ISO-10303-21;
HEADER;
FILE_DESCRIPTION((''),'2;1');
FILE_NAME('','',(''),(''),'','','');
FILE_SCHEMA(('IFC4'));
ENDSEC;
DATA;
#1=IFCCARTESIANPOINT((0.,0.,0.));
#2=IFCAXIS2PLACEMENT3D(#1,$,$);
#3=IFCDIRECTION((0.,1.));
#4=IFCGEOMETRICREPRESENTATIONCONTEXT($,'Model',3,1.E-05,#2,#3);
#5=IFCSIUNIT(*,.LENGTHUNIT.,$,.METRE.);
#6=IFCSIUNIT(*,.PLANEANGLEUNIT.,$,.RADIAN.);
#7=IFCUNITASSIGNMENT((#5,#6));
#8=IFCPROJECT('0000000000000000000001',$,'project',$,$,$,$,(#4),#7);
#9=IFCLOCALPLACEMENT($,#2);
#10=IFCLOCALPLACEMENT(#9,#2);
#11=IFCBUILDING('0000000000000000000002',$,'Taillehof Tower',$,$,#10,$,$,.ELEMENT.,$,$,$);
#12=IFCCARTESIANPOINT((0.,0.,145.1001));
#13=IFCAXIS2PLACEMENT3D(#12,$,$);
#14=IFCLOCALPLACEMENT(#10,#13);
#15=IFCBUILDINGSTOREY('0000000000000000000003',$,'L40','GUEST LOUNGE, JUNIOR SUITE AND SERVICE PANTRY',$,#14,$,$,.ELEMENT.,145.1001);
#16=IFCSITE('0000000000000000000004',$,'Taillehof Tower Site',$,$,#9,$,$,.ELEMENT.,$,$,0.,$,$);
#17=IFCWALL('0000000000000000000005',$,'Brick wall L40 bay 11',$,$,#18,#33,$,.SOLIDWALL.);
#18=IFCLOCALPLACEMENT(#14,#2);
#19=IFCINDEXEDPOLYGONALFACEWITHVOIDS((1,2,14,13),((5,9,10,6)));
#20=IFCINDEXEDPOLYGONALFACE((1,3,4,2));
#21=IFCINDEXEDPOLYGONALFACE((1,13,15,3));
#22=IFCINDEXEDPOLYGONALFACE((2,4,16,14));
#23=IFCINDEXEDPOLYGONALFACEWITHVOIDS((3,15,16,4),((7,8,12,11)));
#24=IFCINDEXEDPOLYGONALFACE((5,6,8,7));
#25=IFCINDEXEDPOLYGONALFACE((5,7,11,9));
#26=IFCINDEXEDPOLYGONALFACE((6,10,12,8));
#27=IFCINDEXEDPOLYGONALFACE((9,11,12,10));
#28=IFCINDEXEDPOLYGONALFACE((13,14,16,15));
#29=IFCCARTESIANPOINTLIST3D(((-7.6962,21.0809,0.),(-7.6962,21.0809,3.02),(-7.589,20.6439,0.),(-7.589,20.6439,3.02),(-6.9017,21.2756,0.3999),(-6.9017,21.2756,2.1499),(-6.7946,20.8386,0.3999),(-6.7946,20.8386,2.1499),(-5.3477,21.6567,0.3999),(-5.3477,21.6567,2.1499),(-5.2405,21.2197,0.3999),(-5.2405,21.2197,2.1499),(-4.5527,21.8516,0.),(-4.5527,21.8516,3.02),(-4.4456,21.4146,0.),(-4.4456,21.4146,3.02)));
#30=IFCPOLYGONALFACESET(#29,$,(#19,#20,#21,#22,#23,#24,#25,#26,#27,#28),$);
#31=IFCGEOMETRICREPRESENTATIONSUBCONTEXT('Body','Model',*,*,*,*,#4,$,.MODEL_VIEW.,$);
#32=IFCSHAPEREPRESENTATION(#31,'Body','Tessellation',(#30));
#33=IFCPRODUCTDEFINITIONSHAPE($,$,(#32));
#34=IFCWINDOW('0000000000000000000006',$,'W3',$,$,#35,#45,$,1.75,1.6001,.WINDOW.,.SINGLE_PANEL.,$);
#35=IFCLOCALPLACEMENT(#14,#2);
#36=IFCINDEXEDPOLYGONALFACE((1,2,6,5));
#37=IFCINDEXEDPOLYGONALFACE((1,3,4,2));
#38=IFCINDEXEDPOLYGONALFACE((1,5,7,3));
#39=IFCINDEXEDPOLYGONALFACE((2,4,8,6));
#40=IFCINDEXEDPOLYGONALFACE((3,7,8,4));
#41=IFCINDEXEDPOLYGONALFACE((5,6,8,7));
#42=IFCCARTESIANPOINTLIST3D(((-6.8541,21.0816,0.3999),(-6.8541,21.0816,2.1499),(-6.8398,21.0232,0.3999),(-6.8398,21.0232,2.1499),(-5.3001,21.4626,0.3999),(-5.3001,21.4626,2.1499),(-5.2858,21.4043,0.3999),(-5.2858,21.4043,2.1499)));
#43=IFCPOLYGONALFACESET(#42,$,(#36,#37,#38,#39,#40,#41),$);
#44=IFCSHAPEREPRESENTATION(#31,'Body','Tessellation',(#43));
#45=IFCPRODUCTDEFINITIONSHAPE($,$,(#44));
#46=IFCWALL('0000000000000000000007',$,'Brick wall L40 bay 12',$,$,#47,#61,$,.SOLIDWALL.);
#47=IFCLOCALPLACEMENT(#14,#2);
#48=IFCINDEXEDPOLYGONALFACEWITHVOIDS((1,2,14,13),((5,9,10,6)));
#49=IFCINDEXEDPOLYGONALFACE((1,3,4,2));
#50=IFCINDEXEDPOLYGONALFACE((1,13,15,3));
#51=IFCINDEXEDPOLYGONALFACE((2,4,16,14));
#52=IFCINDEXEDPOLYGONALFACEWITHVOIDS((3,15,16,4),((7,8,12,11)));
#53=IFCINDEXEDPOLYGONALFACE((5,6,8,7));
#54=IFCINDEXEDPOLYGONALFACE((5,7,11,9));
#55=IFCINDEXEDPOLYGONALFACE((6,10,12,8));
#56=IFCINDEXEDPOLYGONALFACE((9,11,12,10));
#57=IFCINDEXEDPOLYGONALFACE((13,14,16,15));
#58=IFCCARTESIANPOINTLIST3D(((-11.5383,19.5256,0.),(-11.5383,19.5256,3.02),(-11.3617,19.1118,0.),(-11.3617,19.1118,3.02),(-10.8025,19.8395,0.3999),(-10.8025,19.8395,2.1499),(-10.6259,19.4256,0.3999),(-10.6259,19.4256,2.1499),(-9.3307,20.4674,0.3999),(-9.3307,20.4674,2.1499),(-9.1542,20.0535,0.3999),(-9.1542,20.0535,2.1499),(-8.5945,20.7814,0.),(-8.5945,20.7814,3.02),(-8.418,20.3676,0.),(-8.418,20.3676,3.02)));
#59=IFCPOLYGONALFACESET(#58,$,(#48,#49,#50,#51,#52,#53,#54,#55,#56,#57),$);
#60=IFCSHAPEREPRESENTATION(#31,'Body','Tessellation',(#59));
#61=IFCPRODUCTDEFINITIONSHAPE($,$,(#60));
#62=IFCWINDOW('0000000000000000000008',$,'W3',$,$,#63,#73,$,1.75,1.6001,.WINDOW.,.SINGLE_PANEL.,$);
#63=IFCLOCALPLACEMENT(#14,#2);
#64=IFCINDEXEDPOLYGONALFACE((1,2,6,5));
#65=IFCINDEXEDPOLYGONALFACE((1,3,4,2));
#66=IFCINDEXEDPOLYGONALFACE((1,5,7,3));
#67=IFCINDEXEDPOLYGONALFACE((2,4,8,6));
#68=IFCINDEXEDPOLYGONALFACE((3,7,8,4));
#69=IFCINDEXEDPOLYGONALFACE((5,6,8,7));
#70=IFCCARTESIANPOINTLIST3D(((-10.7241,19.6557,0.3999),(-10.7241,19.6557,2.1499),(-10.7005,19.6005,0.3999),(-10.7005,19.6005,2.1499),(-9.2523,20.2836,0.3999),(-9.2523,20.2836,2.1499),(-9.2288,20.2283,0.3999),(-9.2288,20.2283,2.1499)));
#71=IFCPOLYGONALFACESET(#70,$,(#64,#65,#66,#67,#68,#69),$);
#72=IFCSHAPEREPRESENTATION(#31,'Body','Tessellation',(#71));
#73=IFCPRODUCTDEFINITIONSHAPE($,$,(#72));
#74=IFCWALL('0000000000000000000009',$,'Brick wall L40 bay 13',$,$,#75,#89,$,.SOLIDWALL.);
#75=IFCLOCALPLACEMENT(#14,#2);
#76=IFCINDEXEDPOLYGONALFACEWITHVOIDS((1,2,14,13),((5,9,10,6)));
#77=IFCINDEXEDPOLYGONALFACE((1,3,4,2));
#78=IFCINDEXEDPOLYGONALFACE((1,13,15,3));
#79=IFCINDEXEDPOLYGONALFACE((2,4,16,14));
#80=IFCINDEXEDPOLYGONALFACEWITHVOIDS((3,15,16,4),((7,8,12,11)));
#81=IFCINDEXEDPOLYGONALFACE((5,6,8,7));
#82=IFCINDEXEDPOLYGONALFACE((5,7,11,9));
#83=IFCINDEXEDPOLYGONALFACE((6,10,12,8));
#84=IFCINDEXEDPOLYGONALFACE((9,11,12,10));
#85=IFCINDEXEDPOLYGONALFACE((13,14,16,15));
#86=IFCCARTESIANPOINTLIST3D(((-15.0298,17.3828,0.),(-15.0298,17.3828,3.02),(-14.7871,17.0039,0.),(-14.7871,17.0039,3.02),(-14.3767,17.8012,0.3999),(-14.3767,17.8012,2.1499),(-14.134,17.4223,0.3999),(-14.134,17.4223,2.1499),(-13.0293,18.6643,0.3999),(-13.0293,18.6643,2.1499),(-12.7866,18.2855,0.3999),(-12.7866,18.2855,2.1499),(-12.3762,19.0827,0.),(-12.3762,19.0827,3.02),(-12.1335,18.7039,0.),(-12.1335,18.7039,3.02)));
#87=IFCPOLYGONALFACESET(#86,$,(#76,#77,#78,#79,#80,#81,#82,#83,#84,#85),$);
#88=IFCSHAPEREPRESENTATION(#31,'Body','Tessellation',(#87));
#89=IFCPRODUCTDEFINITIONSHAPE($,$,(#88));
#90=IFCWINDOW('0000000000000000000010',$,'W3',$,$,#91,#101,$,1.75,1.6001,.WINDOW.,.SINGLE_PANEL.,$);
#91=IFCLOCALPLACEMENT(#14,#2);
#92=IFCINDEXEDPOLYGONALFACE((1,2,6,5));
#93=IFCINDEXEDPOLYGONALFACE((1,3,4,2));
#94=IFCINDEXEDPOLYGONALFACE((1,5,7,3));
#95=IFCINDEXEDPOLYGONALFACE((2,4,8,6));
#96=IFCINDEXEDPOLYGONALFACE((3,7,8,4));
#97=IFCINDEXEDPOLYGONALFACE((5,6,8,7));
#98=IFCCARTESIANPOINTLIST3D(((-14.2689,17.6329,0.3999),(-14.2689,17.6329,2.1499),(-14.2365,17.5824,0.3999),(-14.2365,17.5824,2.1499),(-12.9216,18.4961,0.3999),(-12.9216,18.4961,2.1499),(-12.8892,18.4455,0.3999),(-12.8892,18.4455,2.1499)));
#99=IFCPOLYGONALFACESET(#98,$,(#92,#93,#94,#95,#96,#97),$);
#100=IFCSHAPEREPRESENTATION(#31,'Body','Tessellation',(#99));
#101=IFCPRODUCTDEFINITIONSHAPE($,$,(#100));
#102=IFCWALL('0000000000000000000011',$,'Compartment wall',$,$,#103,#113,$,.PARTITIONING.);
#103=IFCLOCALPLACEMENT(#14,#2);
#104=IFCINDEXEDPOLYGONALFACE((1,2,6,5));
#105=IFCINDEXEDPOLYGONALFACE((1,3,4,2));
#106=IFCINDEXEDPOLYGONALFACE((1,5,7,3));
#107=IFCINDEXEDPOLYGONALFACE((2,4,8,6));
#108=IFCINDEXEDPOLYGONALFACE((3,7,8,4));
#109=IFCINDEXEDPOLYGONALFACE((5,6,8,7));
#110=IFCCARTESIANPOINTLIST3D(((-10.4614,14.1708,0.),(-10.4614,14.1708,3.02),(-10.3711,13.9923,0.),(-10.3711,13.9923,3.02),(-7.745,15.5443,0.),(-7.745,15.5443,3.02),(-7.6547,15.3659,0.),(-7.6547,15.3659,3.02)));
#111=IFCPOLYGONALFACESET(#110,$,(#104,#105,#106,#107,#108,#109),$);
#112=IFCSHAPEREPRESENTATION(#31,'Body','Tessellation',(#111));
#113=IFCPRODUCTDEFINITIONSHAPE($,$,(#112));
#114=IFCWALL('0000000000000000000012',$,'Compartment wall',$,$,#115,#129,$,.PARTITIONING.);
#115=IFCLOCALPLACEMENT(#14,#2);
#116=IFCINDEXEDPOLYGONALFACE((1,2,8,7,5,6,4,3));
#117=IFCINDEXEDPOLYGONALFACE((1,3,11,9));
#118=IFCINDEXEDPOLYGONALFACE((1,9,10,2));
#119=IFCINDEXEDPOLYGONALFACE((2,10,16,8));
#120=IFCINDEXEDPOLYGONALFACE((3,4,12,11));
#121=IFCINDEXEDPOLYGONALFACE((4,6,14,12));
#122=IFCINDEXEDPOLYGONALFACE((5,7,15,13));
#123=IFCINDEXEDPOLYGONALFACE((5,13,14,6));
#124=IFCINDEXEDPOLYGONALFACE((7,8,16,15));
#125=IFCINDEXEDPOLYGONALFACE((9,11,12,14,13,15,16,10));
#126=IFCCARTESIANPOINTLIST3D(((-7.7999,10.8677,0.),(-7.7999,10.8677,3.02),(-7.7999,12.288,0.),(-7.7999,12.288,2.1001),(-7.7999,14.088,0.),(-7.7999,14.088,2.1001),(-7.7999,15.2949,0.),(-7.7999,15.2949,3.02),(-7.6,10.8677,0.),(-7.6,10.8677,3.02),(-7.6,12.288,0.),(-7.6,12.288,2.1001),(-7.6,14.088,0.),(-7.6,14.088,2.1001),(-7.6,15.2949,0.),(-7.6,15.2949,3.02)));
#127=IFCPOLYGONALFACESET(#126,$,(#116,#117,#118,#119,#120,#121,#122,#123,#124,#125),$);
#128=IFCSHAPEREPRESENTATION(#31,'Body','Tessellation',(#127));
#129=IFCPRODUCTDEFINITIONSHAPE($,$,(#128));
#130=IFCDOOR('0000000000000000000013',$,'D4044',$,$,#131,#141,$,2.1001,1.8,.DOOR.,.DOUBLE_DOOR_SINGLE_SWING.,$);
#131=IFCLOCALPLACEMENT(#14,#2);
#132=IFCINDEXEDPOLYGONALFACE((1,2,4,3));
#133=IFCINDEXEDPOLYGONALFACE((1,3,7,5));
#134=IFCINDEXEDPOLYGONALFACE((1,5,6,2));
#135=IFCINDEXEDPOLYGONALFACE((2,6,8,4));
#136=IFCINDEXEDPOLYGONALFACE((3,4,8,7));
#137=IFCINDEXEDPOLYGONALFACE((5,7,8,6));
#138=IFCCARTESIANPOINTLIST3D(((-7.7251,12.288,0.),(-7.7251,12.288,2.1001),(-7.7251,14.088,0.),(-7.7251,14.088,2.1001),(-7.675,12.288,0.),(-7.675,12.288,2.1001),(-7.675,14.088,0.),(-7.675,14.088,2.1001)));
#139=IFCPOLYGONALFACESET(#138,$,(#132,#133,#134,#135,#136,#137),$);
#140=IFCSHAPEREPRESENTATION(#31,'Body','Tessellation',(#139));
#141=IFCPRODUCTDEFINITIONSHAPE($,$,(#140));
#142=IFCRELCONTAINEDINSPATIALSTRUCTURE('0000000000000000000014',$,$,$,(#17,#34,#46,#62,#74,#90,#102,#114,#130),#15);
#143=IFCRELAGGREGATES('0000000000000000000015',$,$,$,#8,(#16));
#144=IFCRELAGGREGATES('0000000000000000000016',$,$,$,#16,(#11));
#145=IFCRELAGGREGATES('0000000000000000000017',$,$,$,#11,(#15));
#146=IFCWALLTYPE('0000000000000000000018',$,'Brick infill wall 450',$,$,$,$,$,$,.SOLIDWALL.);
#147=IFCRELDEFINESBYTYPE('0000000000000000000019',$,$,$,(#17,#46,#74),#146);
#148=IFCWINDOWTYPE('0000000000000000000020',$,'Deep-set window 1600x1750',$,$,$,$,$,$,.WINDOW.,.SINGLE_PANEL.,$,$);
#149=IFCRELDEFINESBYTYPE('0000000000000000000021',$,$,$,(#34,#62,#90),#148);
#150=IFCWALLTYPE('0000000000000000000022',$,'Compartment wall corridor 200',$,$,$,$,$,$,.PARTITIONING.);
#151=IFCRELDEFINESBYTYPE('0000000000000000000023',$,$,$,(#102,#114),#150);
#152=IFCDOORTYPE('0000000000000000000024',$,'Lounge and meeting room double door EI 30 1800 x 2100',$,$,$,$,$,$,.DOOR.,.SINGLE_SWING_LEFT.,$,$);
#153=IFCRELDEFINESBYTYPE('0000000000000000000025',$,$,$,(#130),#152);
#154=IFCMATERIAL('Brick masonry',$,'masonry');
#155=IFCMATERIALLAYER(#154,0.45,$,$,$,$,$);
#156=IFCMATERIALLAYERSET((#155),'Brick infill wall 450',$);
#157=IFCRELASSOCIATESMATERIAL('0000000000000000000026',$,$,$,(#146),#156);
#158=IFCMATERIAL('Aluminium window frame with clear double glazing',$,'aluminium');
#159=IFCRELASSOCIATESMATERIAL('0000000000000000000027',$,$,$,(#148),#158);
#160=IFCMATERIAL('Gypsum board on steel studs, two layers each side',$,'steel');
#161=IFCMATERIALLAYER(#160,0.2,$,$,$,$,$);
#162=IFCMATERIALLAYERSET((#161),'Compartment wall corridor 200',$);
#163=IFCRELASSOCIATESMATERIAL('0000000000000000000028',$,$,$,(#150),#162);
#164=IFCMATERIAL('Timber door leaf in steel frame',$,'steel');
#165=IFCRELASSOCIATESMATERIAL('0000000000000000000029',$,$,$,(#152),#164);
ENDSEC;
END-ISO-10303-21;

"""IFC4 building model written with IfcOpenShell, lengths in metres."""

from ifc_helpers import new_model, si_unit, direction, frame, frame_2d, origin, place, context, subcontext, project, spatial, rectangle, extrude, material, layer, layer_set, type_object, element, fill, save


model = new_model("IFC4")

# Units and contexts
model_context = context("Model", 3, precision=1e-05, world=origin(), true_north=direction((0.0, 1.0)))
body_context = subcontext(model_context, "Body", "Model", "MODEL_VIEW")
ifc_project = project(units=[si_unit("LENGTHUNIT", "METRE"), si_unit("PLANEANGLEUNIT", "RADIAN")], contexts=[model_context])

# Site, building, storey
site_placement = place(None, origin())
site = spatial("IfcSite", under=ifc_project, at=site_placement, Name="Taillehof Tower Site", CompositionType="ELEMENT", RefElevation=0.0)
building_placement = place(site_placement, origin())
building = spatial("IfcBuilding", under=site, at=building_placement, Name="Taillehof Tower", CompositionType="ELEMENT")
storey_placement = place(building_placement, frame((0.0, 0.0, 145.1001)))
storey = spatial("IfcBuildingStorey", under=building, at=storey_placement, Name="L40", Description="GUEST LOUNGE, JUNIOR SUITE AND SERVICE PANTRY", CompositionType="ELEMENT", Elevation=145.1001)

# Walls, openings, windows
ifc_material_1 = material(Name="Brick masonry", Category="masonry")
ifc_layer_1 = layer(ifc_material_1, 0.45)
ifc_layer_set_1 = layer_set([ifc_layer_1], Name="Brick infill wall 450")
wall_type_1 = type_object("IfcWallType", Name="Brick infill wall 450", PredefinedType="SOLIDWALL", material=ifc_layer_set_1)
ifc_material_2 = material(Name="Aluminium window frame with clear double glazing", Category="aluminium")
window_type = type_object("IfcWindowType", Name="Deep-set window 1600x1750", PartitioningType="SINGLE_PANEL", PredefinedType="WINDOW", material=ifc_material_2)
wall_1_placement = place(storey_placement, frame((-4.4993, 21.6331, 0.0), z_axis=(0.0, 0.0, 1.0), x_axis=(-0.971233, -0.238132, 0.0)))
wall_1 = element("IfcWall", 1, at=wall_1_placement, inside=storey, type_object=wall_type_1, Name="Brick wall L40 bay 11", PredefinedType="SOLIDWALL", context=body_context, shape_type="SweptSolid", body=[
    extrude(rectangle(XDim=3.2366, YDim=0.45, at=frame_2d((1.6182, 0.0))), origin(), (0.0, 0.0, 1.0), 3.02),
])
opening_1_placement = place(wall_1_placement, frame((0.8184, 0.0, 0.3999)))
opening_1 = element("IfcOpeningElement", 2, at=opening_1_placement, cuts=wall_1, PredefinedType="OPENING", context=body_context, shape_type="SweptSolid", body=[
    extrude(rectangle(XDim=1.6001, YDim=1.75, at=frame_2d((0.8, 0.875))), frame((0.0, 0.2349, 0.0), z_axis=(0.0, -1.0, 0.0), x_axis=(1.0, 0.0, 0.0)), (0.0, 0.0, 1.0), 0.47),
])
window_1_placement = place(opening_1_placement, origin())
window_1 = element("IfcWindow", 3, at=window_1_placement, inside=storey, type_object=window_type, Name="W3", OverallHeight=1.75, OverallWidth=1.6001, PartitioningType="SINGLE_PANEL", PredefinedType="WINDOW", context=body_context, shape_type="SweptSolid", body=[
    extrude(rectangle(XDim=1.6001, YDim=1.75, at=frame_2d((0.8, 0.875))), frame((0.0, 0.0349, 0.0), z_axis=(0.0, -1.0, 0.0), x_axis=(1.0, 0.0, 0.0)), (0.0, 0.0, 1.0), 0.0601),
])
fill(opening_1, window_1)
wall_2_placement = place(storey_placement, frame((-8.5063, 20.5745, 0.0), z_axis=(0.0, 0.0, 1.0), x_axis=(-0.919799, -0.39239, 0.0)))
wall_2 = element("IfcWall", 4, at=wall_2_placement, inside=storey, type_object=wall_type_1, Name="Brick wall L40 bay 12", PredefinedType="SOLIDWALL", context=body_context, shape_type="SweptSolid", body=[
    extrude(rectangle(XDim=3.2004, YDim=0.45, at=frame_2d((1.6001, 0.0))), origin(), (0.0, 0.0, 1.0), 3.02),
])
opening_2_placement = place(wall_2_placement, frame((0.8003, 0.0, 0.3999)))
opening_2 = element("IfcOpeningElement", 5, at=opening_2_placement, cuts=wall_2, PredefinedType="OPENING", context=body_context, shape_type="SweptSolid", body=[
    extrude(rectangle(XDim=1.6001, YDim=1.75, at=frame_2d((0.8, 0.875))), frame((0.0, 0.2349, 0.0), z_axis=(0.0, -1.0, 0.0), x_axis=(1.0, 0.0, 0.0)), (0.0, 0.0, 1.0), 0.47),
])
window_2_placement = place(opening_2_placement, origin())
window_2 = element("IfcWindow", 6, at=window_2_placement, inside=storey, type_object=window_type, Name="W3", OverallHeight=1.75, OverallWidth=1.6001, PartitioningType="SINGLE_PANEL", PredefinedType="WINDOW", context=body_context, shape_type="SweptSolid", body=[
    extrude(rectangle(XDim=1.6001, YDim=1.75, at=frame_2d((0.8, 0.875))), frame((0.0, 0.0349, 0.0), z_axis=(0.0, -1.0, 0.0), x_axis=(1.0, 0.0, 0.0)), (0.0, 0.0, 1.0), 0.0601),
])
fill(opening_2, window_2)
wall_3_placement = place(storey_placement, frame((-12.2549, 18.8933, 0.0), z_axis=(0.0, 0.0, 1.0), x_axis=(-0.842031, -0.53943, 0.0)))
wall_3 = element("IfcWall", 7, at=wall_3_placement, inside=storey, type_object=wall_type_1, Name="Brick wall L40 bay 13", PredefinedType="SOLIDWALL", context=body_context, shape_type="SweptSolid", body=[
    extrude(rectangle(XDim=3.1514, YDim=0.45, at=frame_2d((1.5757, 0.0))), origin(), (0.0, 0.0, 1.0), 3.02),
])
opening_3_placement = place(wall_3_placement, frame((0.7756, 0.0, 0.3999)))
opening_3 = element("IfcOpeningElement", 8, at=opening_3_placement, cuts=wall_3, PredefinedType="OPENING", context=body_context, shape_type="SweptSolid", body=[
    extrude(rectangle(XDim=1.6001, YDim=1.75, at=frame_2d((0.8, 0.875))), frame((0.0, 0.2349, 0.0), z_axis=(0.0, -1.0, 0.0), x_axis=(1.0, 0.0, 0.0)), (0.0, 0.0, 1.0), 0.47),
])
window_3_placement = place(opening_3_placement, origin())
window_3 = element("IfcWindow", 9, at=window_3_placement, inside=storey, type_object=window_type, Name="W3", OverallHeight=1.75, OverallWidth=1.6001, PartitioningType="SINGLE_PANEL", PredefinedType="WINDOW", context=body_context, shape_type="SweptSolid", body=[
    extrude(rectangle(XDim=1.6001, YDim=1.75, at=frame_2d((0.8, 0.875))), frame((0.0, 0.0349, 0.0), z_axis=(0.0, -1.0, 0.0), x_axis=(1.0, 0.0, 0.0)), (0.0, 0.0, 1.0), 0.0601),
])
fill(opening_3, window_3)

# Wall
ifc_material_3 = material(Name="Gypsum board on steel studs, two layers each side", Category="steel")
ifc_layer_2 = layer(ifc_material_3, 0.2)
ifc_layer_set_2 = layer_set([ifc_layer_2], Name="Compartment wall corridor 200")
wall_type_2 = type_object("IfcWallType", Name="Compartment wall corridor 200", PredefinedType="PARTITIONING", material=ifc_layer_set_2)
wall_4_placement = place(storey_placement, frame((-10.4163, 14.0815, 0.0), z_axis=(0.0, 0.0, 1.0), x_axis=(0.892397, 0.451252, 0.0)))
element("IfcWall", 10, at=wall_4_placement, inside=storey, type_object=wall_type_2, Name="Compartment wall", PredefinedType="PARTITIONING", context=body_context, shape_type="SweptSolid", body=[
    extrude(rectangle(XDim=3.0439, YDim=0.2, at=frame_2d((1.522, 0.0))), origin(), (0.0, 0.0, 1.0), 3.02),
])

# Wall, opening, door
wall_5_placement = place(storey_placement, frame((-7.7, 15.2949, 0.0), z_axis=(0.0, 0.0, 1.0), x_axis=(0.0, -1.0, 0.0)))
wall_5 = element("IfcWall", 11, at=wall_5_placement, inside=storey, type_object=wall_type_2, Name="Compartment wall", PredefinedType="PARTITIONING", context=body_context, shape_type="SweptSolid", body=[
    extrude(rectangle(XDim=4.4272, YDim=0.2, at=frame_2d((2.2136, 0.0))), origin(), (0.0, 0.0, 1.0), 3.02),
])
opening_4_placement = place(wall_5_placement, frame((1.207, 0.0, 0.0)))
opening_4 = element("IfcOpeningElement", 12, at=opening_4_placement, cuts=wall_5, PredefinedType="OPENING", context=body_context, shape_type="SweptSolid", body=[
    extrude(rectangle(XDim=1.8, YDim=2.1001, at=frame_2d((0.8999, 1.05))), frame((0.0, 0.1099, 0.0), z_axis=(0.0, -1.0, 0.0), x_axis=(1.0, 0.0, 0.0)), (0.0, 0.0, 1.0), 0.22),
])
ifc_material_4 = material(Name="Timber door leaf in steel frame", Category="steel")
door_type_1 = type_object("IfcDoorType", Name="Lounge and meeting room double door EI 30 1800 x 2100", OperationType="SINGLE_SWING_LEFT", PredefinedType="DOOR", material=ifc_material_4)
door_1_placement = place(opening_4_placement, origin())
door_1 = element("IfcDoor", 13, at=door_1_placement, inside=storey, type_object=door_type_1, Name="D4044", OperationType="DOUBLE_DOOR_SINGLE_SWING", OverallHeight=2.1001, OverallWidth=1.8, PredefinedType="DOOR", context=body_context, shape_type="SweptSolid", body=[
    extrude(rectangle(XDim=1.8, YDim=2.1001, at=frame_2d((0.8999, 1.05))), frame((0.0, 0.0249, 0.0), z_axis=(0.0, -1.0, 0.0), x_axis=(1.0, 0.0, 0.0)), (0.0, 0.0, 1.0), 0.05),
])
fill(opening_4, door_1)

save(model, "model.ifc")
